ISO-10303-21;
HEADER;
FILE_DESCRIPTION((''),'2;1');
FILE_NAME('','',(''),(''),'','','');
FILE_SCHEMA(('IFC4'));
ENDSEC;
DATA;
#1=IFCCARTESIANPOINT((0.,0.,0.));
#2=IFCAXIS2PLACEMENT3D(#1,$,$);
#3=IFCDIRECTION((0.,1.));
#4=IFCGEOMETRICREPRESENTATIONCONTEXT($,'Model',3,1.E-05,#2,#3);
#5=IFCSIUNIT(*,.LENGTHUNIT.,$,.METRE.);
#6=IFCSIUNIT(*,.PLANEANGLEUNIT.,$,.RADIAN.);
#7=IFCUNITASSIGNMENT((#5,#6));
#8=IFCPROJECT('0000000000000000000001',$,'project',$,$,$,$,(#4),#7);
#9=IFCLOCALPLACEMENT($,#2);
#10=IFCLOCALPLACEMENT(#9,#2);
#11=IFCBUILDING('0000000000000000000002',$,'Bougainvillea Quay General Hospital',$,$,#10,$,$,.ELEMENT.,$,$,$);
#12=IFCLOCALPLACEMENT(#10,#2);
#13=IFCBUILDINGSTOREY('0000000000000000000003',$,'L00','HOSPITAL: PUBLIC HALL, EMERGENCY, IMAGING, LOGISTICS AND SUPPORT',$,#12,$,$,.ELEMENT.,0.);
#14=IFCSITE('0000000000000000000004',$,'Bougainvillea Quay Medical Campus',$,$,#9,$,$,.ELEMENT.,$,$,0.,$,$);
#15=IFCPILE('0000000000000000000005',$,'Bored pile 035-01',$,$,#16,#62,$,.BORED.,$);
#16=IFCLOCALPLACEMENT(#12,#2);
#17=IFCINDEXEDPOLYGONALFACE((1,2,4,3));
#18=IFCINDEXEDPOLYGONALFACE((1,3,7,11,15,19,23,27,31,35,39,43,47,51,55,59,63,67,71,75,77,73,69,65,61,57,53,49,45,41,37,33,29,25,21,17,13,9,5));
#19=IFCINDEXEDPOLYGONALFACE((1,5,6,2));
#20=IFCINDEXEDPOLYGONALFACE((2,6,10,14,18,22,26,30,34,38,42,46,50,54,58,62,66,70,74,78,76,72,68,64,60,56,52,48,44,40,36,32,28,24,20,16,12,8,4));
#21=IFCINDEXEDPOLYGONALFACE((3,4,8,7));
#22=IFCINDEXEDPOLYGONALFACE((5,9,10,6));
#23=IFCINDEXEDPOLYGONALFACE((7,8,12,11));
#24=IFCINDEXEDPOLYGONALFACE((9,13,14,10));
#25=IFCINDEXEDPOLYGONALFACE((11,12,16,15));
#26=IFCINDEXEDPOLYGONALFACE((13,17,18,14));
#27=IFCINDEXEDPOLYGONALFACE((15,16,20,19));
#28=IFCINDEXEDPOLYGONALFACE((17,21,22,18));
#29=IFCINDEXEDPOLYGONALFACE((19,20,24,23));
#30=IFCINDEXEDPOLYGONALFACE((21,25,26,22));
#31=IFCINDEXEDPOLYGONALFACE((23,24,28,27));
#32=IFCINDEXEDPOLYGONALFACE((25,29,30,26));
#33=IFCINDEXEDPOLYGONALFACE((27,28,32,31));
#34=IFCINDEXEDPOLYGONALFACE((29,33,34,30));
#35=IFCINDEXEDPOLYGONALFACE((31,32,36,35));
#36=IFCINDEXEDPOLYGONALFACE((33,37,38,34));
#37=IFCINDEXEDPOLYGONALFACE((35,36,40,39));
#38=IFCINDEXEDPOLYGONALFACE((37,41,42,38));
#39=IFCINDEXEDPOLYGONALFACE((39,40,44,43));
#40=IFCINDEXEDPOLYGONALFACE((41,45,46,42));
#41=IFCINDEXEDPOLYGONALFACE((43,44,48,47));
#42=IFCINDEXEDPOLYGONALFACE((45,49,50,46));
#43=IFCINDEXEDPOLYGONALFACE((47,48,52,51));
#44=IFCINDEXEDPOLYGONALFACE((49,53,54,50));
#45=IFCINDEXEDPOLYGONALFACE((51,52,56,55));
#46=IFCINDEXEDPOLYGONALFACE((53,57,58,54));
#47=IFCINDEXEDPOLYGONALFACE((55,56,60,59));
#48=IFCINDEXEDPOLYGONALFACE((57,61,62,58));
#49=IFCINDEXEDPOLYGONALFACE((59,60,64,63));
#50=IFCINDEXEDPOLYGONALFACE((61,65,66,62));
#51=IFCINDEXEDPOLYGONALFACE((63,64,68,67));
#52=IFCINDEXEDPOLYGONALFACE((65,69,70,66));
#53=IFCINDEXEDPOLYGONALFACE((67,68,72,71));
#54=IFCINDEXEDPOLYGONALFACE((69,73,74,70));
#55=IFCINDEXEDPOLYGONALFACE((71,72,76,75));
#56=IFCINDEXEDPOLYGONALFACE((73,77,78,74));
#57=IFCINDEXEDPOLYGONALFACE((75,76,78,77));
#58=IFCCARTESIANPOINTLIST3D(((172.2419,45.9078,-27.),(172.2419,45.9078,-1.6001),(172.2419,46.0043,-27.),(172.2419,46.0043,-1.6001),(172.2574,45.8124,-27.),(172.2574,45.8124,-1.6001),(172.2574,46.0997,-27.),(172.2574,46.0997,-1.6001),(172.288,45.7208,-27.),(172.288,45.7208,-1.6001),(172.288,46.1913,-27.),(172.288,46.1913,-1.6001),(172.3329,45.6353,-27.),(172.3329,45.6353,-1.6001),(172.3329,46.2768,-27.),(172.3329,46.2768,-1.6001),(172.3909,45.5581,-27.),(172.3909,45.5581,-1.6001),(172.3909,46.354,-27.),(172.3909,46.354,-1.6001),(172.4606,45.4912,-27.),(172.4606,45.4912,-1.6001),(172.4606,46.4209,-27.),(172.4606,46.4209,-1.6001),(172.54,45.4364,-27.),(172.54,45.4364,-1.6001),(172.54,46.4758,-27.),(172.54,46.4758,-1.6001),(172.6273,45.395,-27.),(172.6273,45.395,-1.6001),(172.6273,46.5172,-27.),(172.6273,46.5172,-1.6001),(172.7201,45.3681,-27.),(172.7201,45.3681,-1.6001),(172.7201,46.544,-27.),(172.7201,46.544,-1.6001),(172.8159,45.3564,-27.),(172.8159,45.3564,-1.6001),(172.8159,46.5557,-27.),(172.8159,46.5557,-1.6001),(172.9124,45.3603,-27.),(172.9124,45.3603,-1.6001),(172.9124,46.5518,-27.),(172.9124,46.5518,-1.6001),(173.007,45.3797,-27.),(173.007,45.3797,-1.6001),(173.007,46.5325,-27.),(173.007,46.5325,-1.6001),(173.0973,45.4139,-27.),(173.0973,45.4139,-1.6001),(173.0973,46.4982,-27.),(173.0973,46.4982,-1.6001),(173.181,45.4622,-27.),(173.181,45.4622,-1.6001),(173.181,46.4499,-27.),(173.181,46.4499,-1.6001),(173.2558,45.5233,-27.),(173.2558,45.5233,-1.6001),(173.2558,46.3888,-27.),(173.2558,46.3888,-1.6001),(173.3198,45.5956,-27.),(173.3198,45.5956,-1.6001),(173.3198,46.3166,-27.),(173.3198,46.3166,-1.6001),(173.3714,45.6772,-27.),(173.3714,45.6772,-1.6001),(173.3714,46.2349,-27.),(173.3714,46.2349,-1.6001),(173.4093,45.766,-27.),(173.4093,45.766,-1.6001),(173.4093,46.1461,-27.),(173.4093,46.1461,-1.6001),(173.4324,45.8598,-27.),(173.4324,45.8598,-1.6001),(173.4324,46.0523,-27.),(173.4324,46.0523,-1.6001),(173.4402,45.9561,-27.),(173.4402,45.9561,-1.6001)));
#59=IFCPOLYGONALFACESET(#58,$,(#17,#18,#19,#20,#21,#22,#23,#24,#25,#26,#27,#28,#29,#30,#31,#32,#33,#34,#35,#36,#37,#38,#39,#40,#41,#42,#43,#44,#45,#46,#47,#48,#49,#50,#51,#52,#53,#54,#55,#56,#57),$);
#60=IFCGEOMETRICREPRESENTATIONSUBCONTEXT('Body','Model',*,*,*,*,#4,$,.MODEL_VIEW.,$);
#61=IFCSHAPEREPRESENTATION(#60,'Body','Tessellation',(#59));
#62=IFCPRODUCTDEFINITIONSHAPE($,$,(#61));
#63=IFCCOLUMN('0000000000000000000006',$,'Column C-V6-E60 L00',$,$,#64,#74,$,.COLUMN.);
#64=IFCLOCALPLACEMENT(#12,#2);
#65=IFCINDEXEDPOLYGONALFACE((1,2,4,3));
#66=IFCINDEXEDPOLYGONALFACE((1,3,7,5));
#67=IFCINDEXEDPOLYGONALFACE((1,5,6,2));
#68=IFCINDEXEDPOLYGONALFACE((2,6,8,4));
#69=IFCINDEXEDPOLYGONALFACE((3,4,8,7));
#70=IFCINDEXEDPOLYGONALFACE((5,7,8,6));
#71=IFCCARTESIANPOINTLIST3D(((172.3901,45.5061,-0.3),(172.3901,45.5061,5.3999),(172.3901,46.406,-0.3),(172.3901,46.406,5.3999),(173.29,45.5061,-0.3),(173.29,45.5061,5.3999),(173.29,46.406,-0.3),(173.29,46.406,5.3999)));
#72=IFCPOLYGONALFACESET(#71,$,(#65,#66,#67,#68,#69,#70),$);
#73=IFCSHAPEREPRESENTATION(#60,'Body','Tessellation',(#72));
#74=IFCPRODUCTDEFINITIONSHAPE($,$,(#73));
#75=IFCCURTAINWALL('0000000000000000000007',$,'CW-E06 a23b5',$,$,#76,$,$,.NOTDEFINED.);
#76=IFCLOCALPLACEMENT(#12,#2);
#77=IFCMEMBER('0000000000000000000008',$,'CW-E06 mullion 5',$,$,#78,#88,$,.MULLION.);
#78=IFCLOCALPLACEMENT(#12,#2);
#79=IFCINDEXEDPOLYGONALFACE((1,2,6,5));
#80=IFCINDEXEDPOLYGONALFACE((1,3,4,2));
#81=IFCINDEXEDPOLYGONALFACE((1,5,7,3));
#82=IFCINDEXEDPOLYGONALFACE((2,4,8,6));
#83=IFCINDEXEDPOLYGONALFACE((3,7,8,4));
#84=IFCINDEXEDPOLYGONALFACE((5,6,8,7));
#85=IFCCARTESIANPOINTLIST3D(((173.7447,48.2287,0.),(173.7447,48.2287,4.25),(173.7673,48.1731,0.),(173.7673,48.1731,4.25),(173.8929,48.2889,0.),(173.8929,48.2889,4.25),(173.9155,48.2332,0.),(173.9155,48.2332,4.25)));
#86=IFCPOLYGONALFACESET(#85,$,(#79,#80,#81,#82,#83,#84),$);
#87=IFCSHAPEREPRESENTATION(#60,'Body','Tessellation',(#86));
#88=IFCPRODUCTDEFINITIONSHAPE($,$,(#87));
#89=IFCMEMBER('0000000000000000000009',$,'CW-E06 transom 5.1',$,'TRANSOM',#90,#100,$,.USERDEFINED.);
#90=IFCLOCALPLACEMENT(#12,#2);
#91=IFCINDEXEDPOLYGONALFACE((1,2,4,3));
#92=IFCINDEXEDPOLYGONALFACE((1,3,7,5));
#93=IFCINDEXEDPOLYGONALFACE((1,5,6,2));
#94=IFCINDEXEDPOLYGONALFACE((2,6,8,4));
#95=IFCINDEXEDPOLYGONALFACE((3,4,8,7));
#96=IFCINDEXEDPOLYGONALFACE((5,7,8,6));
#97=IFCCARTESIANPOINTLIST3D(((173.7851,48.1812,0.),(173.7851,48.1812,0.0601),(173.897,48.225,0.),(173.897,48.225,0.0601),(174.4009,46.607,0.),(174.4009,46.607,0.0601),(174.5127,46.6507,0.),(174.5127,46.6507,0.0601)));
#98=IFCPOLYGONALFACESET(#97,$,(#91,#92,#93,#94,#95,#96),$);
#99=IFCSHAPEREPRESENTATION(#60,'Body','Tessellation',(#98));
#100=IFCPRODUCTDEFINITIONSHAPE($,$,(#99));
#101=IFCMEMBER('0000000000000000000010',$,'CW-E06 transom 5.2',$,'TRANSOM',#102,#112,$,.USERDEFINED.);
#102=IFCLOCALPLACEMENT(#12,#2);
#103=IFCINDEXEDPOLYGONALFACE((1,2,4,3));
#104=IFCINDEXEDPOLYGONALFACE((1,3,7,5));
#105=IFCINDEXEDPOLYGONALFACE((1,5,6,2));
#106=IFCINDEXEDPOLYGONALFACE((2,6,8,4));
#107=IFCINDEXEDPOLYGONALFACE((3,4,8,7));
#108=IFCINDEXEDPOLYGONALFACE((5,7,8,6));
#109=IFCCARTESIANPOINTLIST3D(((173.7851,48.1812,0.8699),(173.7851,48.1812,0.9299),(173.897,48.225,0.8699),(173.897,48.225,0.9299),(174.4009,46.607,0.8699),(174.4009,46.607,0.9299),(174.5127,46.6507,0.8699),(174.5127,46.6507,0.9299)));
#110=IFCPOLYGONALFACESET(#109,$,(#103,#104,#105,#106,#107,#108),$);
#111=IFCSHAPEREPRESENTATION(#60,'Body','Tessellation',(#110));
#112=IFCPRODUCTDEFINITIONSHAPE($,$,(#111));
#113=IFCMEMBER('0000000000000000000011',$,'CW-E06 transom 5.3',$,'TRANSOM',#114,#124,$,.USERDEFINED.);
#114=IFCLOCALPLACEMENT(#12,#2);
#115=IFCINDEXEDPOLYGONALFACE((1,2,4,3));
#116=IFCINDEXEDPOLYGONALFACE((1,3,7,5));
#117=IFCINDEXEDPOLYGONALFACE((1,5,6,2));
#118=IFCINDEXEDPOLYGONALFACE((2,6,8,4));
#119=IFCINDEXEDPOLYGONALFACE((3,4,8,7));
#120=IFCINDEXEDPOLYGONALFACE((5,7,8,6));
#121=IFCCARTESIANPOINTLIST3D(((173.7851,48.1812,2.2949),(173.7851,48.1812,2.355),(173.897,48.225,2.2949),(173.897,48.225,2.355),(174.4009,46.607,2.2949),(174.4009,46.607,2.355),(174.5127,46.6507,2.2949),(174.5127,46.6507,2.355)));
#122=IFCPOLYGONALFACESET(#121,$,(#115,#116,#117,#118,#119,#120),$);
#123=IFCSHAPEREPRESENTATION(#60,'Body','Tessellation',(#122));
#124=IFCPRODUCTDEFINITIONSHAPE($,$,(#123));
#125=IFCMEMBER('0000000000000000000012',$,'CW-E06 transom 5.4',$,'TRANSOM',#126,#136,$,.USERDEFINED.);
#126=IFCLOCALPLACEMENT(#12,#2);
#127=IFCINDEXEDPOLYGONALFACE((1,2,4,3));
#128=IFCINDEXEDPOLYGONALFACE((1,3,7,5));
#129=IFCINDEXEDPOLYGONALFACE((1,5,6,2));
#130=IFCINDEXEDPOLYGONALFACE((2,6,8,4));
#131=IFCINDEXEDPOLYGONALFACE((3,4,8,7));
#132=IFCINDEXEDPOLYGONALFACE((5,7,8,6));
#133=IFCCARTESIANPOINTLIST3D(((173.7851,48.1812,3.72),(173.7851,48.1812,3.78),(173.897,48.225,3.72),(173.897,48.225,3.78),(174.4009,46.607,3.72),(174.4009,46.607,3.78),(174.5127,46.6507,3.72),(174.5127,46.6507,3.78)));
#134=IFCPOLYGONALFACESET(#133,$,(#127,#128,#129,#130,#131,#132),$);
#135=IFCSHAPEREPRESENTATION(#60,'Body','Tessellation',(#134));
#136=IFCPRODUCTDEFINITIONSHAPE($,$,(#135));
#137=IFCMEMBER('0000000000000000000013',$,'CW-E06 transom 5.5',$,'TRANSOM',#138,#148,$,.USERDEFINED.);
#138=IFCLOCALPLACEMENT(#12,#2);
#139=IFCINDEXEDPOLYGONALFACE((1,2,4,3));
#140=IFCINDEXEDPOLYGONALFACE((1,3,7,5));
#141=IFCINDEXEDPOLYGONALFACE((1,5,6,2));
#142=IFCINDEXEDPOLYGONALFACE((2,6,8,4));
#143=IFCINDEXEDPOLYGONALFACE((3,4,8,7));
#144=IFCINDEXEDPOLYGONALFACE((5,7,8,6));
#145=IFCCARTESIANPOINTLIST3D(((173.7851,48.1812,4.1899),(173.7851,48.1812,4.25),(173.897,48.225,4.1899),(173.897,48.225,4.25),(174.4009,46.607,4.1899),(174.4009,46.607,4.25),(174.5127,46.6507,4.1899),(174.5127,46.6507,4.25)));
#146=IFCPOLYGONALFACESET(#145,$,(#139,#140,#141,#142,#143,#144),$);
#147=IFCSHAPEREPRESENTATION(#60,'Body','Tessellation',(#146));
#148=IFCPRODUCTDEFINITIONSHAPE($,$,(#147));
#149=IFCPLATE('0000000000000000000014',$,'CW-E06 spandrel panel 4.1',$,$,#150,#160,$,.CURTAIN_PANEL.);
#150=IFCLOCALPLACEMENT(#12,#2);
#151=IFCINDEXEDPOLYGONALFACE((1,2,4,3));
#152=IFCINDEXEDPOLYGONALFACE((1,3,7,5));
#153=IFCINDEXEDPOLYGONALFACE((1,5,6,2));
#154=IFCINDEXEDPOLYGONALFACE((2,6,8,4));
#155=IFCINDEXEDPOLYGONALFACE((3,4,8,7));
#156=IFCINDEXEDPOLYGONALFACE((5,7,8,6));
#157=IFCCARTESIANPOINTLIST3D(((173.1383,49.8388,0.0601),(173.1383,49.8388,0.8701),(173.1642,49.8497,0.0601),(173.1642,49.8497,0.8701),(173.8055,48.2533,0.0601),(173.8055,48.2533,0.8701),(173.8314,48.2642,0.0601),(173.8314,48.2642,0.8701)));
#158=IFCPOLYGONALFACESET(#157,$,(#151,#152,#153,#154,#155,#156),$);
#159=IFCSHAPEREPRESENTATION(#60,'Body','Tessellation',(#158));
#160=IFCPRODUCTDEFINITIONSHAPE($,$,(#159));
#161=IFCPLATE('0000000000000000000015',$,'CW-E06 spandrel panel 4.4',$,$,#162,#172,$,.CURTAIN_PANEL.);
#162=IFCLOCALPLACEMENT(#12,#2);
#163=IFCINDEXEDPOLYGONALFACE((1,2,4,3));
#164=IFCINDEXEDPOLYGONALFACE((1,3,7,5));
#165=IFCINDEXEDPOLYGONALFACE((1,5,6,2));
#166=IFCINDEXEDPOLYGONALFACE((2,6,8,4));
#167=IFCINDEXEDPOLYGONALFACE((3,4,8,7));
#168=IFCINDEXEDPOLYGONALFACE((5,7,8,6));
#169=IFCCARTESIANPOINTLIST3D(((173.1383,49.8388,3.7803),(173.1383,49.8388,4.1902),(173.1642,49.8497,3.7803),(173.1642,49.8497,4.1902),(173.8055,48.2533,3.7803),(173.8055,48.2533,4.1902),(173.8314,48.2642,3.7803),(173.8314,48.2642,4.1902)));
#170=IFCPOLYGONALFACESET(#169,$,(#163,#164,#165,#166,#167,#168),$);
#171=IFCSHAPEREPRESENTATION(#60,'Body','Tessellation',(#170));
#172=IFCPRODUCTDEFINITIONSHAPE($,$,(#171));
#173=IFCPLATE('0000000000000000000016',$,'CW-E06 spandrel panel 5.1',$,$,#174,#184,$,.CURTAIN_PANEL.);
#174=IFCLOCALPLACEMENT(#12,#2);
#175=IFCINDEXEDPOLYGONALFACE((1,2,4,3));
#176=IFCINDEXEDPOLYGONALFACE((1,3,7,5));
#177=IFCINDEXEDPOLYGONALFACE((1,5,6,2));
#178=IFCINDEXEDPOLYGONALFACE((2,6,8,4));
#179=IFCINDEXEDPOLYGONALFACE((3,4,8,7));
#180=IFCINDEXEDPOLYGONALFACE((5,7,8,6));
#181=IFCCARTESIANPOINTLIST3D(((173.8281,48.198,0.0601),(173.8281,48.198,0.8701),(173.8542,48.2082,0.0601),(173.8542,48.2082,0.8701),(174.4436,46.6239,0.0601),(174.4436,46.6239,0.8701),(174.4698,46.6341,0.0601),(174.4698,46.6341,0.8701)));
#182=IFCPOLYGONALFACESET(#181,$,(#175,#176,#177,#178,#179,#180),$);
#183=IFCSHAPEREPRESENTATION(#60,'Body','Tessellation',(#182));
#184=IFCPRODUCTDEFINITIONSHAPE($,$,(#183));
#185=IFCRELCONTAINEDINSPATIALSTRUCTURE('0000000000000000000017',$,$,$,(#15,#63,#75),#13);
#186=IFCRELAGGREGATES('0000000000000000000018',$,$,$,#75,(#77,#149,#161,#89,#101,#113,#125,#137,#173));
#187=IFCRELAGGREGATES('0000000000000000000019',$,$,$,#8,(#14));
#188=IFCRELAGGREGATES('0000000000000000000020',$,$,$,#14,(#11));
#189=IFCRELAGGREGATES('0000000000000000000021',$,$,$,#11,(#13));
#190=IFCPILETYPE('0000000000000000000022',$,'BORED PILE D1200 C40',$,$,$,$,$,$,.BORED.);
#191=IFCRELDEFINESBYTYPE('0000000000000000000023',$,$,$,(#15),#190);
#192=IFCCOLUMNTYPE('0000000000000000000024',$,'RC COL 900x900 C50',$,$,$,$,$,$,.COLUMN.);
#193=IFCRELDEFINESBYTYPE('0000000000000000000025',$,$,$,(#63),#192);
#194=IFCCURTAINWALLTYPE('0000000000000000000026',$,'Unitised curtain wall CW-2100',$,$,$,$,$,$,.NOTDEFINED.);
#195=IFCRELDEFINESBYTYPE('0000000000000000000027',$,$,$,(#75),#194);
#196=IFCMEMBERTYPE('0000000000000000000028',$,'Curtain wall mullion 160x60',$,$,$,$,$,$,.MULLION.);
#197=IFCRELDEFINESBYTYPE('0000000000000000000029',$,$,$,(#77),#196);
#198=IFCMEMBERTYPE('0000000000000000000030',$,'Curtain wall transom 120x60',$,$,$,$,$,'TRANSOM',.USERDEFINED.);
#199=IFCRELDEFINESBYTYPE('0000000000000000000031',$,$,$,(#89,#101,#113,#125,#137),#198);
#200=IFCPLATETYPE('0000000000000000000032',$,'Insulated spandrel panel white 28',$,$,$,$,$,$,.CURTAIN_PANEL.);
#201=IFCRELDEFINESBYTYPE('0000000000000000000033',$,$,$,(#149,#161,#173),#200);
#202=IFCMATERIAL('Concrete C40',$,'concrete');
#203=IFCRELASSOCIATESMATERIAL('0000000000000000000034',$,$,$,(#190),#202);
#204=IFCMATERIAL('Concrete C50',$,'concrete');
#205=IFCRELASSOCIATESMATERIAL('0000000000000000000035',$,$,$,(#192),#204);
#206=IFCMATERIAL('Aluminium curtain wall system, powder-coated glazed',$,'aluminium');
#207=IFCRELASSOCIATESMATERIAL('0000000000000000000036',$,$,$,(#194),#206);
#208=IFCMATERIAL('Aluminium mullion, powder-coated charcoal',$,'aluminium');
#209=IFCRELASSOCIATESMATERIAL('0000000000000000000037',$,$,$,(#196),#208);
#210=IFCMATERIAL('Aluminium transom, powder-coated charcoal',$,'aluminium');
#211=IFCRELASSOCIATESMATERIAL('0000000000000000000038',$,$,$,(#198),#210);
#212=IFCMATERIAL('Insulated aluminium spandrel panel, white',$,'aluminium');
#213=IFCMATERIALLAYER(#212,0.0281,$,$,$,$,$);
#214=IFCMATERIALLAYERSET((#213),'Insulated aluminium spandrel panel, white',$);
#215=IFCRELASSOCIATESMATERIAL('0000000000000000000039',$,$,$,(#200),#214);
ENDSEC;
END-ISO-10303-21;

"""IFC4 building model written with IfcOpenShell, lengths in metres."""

from ifc_helpers import new_model, si_unit, direction, frame, origin, origin_2d, place, context, subcontext, project, spatial, rectangle, circle, extrude, material, layer, layer_set, material_profile, profile_set, type_object, element, aggregate, save


model = new_model("IFC4")

# Units and contexts
model_context = context("Model", 3, precision=1e-05, world=origin(), true_north=direction((0.0, 1.0)))
body_context = subcontext(model_context, "Body", "Model", "MODEL_VIEW")
ifc_project = project(units=[si_unit("LENGTHUNIT", "METRE"), si_unit("PLANEANGLEUNIT", "RADIAN")], contexts=[model_context])

# Site, building, storey
site_placement = place(None, origin())
site = spatial("IfcSite", under=ifc_project, at=site_placement, Name="Bougainvillea Quay Medical Campus", CompositionType="ELEMENT", RefElevation=0.0)
building_placement = place(site_placement, origin())
building = spatial("IfcBuilding", under=site, at=building_placement, Name="Bougainvillea Quay General Hospital", CompositionType="ELEMENT")
storey_placement = place(building_placement, origin())
storey = spatial("IfcBuildingStorey", under=building, at=storey_placement, Name="L00", Description="HOSPITAL: PUBLIC HALL, EMERGENCY, IMAGING, LOGISTICS AND SUPPORT", CompositionType="ELEMENT", Elevation=0.0)

# Pile
ifc_material_1 = material(Name="Concrete C40", Category="concrete")
ifc_material_profile_1 = material_profile(ifc_material_1, circle(Radius=0.6001, at=origin_2d()))
ifc_profile_set_1 = profile_set([ifc_material_profile_1], Name="Concrete C40")
pile_type = type_object("IfcPileType", Name="BORED PILE D1200 C40", PredefinedType="BORED", material=ifc_profile_set_1)
pile_placement = place(storey_placement, frame((172.8401, 45.9561, -1.6001), z_axis=(0.0, 0.0, -1.0), x_axis=(1.0, 0.0, 0.0)))
element("IfcPile", 1, at=pile_placement, inside=storey, type_object=pile_type, Name="Bored pile 035-01", PredefinedType="BORED", context=body_context, shape_type="SweptSolid", body=[
    extrude(circle(Radius=0.6001, at=origin_2d()), origin(), (0.0, 0.0, 1.0), 25.3999),
])

# Column
ifc_material_2 = material(Name="Concrete C50", Category="concrete")
ifc_material_profile_2 = material_profile(ifc_material_2, rectangle(XDim=0.8999, YDim=0.8999, at=origin_2d()))
ifc_profile_set_2 = profile_set([ifc_material_profile_2], Name="Concrete C50")
column_type = type_object("IfcColumnType", Name="RC COL 900x900 C50", PredefinedType="COLUMN", material=ifc_profile_set_2)
column_placement = place(storey_placement, frame((172.8401, 45.9561, -0.3), z_axis=(0.0, 0.0, 1.0), x_axis=(1.0, 0.0, 0.0)))
element("IfcColumn", 2, at=column_placement, inside=storey, type_object=column_type, Name="Column C-V6-E60 L00", PredefinedType="COLUMN", context=body_context, shape_type="SweptSolid", body=[
    extrude(rectangle(XDim=0.8999, YDim=0.8999, at=origin_2d()), origin(), (0.0, 0.0, 1.0), 5.7),
])

# Curtain wall, members, plates
ifc_material_3 = material(Name="Aluminium curtain wall system, powder-coated glazed", Category="aluminium")
curtain_wall_type = type_object("IfcCurtainWallType", Name="Unitised curtain wall CW-2100", PredefinedType="NOTDEFINED", material=ifc_material_3)
curtain_wall_placement = place(storey_placement, origin())
curtain_wall = element("IfcCurtainWall", 3, at=curtain_wall_placement, inside=storey, type_object=curtain_wall_type, Name="CW-E06 a23b5", PredefinedType="NOTDEFINED")
ifc_material_4 = material(Name="Aluminium mullion, powder-coated charcoal", Category="aluminium")
ifc_material_profile_3 = material_profile(ifc_material_4, rectangle(XDim=0.1599, YDim=0.0601, at=origin_2d()))
ifc_profile_set_3 = profile_set([ifc_material_profile_3], Name="Aluminium mullion, powder-coated charcoal")
member_type_1 = type_object("IfcMemberType", Name="Curtain wall mullion 160x60", PredefinedType="MULLION", material=ifc_profile_set_3)
member_1_placement = place(storey_placement, frame((173.8301, 48.231, 0.0), z_axis=(0.0, 0.0, 1.0), x_axis=(0.926592, 0.376069, 0.0)))
member_1 = element("IfcMember", 4, at=member_1_placement, type_object=member_type_1, Name="CW-E06 mullion 5", PredefinedType="MULLION", context=body_context, shape_type="SweptSolid", body=[
    extrude(rectangle(XDim=0.1599, YDim=0.0601, at=origin_2d()), origin(), (0.0, 0.0, 1.0), 4.25),
])
ifc_material_5 = material(Name="Aluminium transom, powder-coated charcoal", Category="aluminium")
ifc_material_profile_4 = material_profile(ifc_material_5, rectangle(XDim=0.1201, YDim=0.0601, at=origin_2d()))
ifc_profile_set_4 = profile_set([ifc_material_profile_4], Name="Aluminium transom, powder-coated charcoal")
member_type_2 = type_object("IfcMemberType", Name="Curtain wall transom 120x60", ElementType="TRANSOM", PredefinedType="USERDEFINED", material=ifc_profile_set_4)
member_2_placement = place(storey_placement, frame((173.8411, 48.2031, 0.03), z_axis=(0.364258, -0.931298, 0.0), x_axis=(0.931298, 0.364258, 0.0)))
member_2 = element("IfcMember", 5, at=member_2_placement, type_object=member_type_2, Name="CW-E06 transom 5.1", ObjectType="TRANSOM", PredefinedType="USERDEFINED", context=body_context, shape_type="SweptSolid", body=[
    extrude(rectangle(XDim=0.1201, YDim=0.0601, at=origin_2d()), origin(), (0.0, 0.0, 1.0), 1.6904),
])
member_3_placement = place(storey_placement, frame((173.8411, 48.2031, 0.8999), z_axis=(0.364258, -0.931298, 0.0), x_axis=(0.931298, 0.364258, 0.0)))
member_3 = element("IfcMember", 6, at=member_3_placement, type_object=member_type_2, Name="CW-E06 transom 5.2", ObjectType="TRANSOM", PredefinedType="USERDEFINED", context=body_context, shape_type="SweptSolid", body=[
    extrude(rectangle(XDim=0.1201, YDim=0.0601, at=origin_2d()), origin(), (0.0, 0.0, 1.0), 1.6904),
])
member_4_placement = place(storey_placement, frame((173.8411, 48.2031, 2.325), z_axis=(0.364258, -0.931298, 0.0), x_axis=(0.931298, 0.364258, 0.0)))
member_4 = element("IfcMember", 7, at=member_4_placement, type_object=member_type_2, Name="CW-E06 transom 5.3", ObjectType="TRANSOM", PredefinedType="USERDEFINED", context=body_context, shape_type="SweptSolid", body=[
    extrude(rectangle(XDim=0.1201, YDim=0.0601, at=origin_2d()), origin(), (0.0, 0.0, 1.0), 1.6904),
])
member_5_placement = place(storey_placement, frame((173.8411, 48.2031, 3.75), z_axis=(0.364258, -0.931298, 0.0), x_axis=(0.931298, 0.364258, 0.0)))
member_5 = element("IfcMember", 8, at=member_5_placement, type_object=member_type_2, Name="CW-E06 transom 5.4", ObjectType="TRANSOM", PredefinedType="USERDEFINED", context=body_context, shape_type="SweptSolid", body=[
    extrude(rectangle(XDim=0.1201, YDim=0.0601, at=origin_2d()), origin(), (0.0, 0.0, 1.0), 1.6904),
])
member_6_placement = place(storey_placement, frame((173.8411, 48.2031, 4.22), z_axis=(0.364258, -0.931298, 0.0), x_axis=(0.931298, 0.364258, 0.0)))
member_6 = element("IfcMember", 9, at=member_6_placement, type_object=member_type_2, Name="CW-E06 transom 5.5", ObjectType="TRANSOM", PredefinedType="USERDEFINED", context=body_context, shape_type="SweptSolid", body=[
    extrude(rectangle(XDim=0.1201, YDim=0.0601, at=origin_2d()), origin(), (0.0, 0.0, 1.0), 1.6904),
])
ifc_material_6 = material(Name="Insulated aluminium spandrel panel, white", Category="aluminium")
ifc_layer_1 = layer(ifc_material_6, 0.0281)
ifc_layer_set_1 = layer_set([ifc_layer_1], Name="Insulated aluminium spandrel panel, white")
plate_type_1 = type_object("IfcPlateType", Name="Insulated spandrel panel white 28", PredefinedType="CURTAIN_PANEL", material=ifc_layer_set_1)
plate_1_placement = place(storey_placement, frame((173.4849, 49.0515, 0.0601), z_axis=(0.0, 0.0, 1.0), x_axis=(0.387863, -0.921717, 0.0)))
plate_1 = element("IfcPlate", 10, at=plate_1_placement, type_object=plate_type_1, Name="CW-E06 spandrel panel 4.1", PredefinedType="CURTAIN_PANEL", context=body_context, shape_type="SweptSolid", body=[
    extrude(rectangle(XDim=1.7202, YDim=0.0281, at=origin_2d()), origin(), (0.0, 0.0, 1.0), 0.8101),
])
plate_2_placement = place(storey_placement, frame((173.4849, 49.0515, 3.7803), z_axis=(0.0, 0.0, 1.0), x_axis=(0.387863, -0.921717, 0.0)))
plate_2 = element("IfcPlate", 11, at=plate_2_placement, type_object=plate_type_1, Name="CW-E06 spandrel panel 4.4", PredefinedType="CURTAIN_PANEL", context=body_context, shape_type="SweptSolid", body=[
    extrude(rectangle(XDim=1.7202, YDim=0.0281, at=origin_2d()), origin(), (0.0, 0.0, 1.0), 0.4099),
])
plate_3_placement = place(storey_placement, frame((174.1489, 47.416, 0.0601), z_axis=(0.0, 0.0, 1.0), x_axis=(0.364214, -0.931315, 0.0)))
plate_3 = element("IfcPlate", 12, at=plate_3_placement, type_object=plate_type_1, Name="CW-E06 spandrel panel 5.1", PredefinedType="CURTAIN_PANEL", context=body_context, shape_type="SweptSolid", body=[
    extrude(rectangle(XDim=1.6902, YDim=0.0281, at=origin_2d()), origin(), (0.0, 0.0, 1.0), 0.8101),
])
aggregate(curtain_wall, [member_1, plate_1, plate_2, member_2, member_3, member_4, member_5, member_6, plate_3])

save(model, "model.ifc")
